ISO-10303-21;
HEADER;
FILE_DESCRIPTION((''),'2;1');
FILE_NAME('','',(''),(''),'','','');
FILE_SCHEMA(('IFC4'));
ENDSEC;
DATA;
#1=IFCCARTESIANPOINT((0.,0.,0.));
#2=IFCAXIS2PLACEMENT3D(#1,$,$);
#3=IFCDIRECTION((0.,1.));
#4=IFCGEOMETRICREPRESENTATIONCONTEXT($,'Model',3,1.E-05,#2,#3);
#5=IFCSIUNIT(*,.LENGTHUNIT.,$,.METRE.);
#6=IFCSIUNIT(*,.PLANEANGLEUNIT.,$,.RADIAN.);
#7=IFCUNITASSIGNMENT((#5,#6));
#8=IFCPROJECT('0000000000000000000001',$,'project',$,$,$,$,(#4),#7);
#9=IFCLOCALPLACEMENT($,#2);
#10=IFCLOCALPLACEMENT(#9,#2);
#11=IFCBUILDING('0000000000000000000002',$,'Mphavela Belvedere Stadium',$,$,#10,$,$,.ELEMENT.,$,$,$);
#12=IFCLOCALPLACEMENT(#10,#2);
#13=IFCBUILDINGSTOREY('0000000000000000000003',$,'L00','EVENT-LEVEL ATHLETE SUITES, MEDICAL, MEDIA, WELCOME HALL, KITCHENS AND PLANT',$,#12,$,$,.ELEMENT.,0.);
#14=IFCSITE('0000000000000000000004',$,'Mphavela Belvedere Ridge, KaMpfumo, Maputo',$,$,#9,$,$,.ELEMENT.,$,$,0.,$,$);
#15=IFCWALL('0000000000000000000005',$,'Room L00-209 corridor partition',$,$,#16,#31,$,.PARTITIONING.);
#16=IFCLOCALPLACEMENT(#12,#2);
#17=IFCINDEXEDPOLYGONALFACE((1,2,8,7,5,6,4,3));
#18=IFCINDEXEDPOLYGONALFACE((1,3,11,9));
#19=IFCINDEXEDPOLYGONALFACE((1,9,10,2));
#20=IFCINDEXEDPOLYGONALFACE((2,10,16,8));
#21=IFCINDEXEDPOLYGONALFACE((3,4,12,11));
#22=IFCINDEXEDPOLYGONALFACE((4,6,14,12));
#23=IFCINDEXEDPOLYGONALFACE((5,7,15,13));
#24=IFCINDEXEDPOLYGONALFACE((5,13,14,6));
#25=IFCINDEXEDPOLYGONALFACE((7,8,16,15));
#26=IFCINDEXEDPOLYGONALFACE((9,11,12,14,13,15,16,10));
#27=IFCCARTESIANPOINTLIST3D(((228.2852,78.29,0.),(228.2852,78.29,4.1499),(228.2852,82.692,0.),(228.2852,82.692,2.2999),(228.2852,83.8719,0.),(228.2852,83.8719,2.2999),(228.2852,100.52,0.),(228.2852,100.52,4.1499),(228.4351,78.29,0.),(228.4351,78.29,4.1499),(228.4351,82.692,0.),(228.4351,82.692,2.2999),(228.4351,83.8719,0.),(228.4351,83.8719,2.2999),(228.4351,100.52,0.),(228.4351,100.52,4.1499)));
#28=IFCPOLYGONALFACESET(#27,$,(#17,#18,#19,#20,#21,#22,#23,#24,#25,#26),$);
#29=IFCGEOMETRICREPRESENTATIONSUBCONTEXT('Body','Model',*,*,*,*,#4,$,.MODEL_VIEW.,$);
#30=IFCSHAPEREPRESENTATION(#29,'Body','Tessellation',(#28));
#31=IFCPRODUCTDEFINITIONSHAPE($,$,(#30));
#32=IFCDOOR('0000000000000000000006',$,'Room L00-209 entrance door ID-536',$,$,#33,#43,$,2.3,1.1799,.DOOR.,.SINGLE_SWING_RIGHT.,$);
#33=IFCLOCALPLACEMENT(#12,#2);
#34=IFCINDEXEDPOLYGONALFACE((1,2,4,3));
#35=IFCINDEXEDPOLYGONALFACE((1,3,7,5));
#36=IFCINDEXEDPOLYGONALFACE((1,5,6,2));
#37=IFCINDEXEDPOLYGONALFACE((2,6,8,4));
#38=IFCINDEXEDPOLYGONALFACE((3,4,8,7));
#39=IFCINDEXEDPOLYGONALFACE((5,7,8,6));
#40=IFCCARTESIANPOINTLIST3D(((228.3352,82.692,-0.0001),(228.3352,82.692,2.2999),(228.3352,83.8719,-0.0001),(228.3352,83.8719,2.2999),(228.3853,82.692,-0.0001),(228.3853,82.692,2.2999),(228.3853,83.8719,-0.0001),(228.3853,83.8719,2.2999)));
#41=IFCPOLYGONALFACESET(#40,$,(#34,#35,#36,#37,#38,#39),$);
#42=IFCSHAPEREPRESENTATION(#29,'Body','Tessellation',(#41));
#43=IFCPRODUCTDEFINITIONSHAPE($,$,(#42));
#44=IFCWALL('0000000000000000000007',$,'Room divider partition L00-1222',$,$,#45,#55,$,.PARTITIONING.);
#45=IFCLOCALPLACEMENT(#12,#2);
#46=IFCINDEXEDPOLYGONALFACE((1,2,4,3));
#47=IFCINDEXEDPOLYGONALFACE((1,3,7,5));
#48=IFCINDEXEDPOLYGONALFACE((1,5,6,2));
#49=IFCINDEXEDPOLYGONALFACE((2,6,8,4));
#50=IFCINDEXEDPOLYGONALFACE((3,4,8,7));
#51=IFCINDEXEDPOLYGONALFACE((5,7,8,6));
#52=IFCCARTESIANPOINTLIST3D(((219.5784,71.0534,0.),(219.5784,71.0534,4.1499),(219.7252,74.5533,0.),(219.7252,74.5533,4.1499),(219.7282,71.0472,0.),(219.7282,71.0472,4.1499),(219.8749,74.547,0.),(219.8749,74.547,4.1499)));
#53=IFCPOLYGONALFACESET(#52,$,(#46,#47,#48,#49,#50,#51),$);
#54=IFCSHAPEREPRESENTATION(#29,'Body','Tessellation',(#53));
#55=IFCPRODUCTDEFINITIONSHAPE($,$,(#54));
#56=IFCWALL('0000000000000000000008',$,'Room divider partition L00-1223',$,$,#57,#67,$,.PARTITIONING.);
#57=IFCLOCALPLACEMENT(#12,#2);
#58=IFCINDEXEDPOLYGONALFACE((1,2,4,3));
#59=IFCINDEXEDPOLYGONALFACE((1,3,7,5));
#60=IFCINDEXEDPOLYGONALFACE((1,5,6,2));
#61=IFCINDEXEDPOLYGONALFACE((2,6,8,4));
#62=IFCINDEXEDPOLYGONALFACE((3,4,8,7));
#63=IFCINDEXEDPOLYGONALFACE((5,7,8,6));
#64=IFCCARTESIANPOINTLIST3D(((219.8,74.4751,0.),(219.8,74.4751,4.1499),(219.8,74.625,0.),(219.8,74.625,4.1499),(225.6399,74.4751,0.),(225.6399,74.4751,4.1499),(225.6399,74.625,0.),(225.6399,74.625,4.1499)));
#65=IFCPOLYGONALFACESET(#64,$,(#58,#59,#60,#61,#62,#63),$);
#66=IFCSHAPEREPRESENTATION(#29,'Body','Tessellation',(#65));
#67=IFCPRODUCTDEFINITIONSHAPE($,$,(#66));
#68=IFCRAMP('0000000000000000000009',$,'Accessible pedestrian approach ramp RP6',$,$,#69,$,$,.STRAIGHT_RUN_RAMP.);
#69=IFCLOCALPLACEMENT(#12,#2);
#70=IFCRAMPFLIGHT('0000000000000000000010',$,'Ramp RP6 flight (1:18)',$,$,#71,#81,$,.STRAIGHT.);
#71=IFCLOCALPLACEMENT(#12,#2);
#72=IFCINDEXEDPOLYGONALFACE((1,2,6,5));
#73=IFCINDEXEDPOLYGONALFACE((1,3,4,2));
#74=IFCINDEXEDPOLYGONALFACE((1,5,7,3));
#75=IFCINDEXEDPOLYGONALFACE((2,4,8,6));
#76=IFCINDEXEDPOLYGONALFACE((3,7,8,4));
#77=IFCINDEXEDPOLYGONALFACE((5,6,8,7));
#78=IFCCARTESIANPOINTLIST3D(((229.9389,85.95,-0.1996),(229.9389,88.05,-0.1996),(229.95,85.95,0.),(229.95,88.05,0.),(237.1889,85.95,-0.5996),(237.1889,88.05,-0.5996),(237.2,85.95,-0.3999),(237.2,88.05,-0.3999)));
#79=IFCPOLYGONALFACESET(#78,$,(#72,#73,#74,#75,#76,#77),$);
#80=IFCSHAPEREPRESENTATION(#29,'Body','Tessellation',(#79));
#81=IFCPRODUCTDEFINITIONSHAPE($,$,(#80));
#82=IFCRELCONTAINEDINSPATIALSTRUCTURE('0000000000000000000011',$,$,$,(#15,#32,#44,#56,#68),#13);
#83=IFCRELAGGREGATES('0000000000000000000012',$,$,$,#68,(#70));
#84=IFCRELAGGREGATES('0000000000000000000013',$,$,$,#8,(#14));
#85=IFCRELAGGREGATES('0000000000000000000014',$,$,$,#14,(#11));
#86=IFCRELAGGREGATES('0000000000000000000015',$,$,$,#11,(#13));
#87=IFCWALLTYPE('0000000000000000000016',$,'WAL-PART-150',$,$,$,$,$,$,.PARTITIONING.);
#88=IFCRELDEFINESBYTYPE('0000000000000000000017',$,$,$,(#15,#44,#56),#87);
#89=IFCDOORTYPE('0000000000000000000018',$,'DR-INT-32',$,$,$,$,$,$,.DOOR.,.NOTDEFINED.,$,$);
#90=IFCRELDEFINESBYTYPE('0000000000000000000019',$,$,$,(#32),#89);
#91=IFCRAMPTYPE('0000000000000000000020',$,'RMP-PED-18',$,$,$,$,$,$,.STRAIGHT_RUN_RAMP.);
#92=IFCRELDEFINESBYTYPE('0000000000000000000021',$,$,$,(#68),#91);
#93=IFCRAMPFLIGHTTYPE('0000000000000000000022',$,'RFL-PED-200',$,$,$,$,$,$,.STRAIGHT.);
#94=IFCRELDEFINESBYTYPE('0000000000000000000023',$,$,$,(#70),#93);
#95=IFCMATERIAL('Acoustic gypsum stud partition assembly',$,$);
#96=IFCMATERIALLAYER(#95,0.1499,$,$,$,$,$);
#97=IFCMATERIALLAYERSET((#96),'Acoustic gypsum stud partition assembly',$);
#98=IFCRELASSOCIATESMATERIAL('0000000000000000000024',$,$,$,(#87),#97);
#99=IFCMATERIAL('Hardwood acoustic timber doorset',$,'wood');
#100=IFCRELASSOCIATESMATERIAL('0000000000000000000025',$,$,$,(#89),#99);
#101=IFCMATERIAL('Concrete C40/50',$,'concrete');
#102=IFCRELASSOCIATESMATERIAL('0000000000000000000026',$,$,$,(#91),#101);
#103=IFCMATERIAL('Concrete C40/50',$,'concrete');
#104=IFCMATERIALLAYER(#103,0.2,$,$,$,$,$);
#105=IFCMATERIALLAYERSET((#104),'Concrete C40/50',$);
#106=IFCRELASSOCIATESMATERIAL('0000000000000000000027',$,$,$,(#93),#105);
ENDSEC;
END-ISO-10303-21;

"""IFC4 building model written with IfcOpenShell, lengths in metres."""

from ifc_helpers import new_model, si_unit, direction, frame, frame_2d, origin, place, context, subcontext, project, spatial, polyline, rectangle, outline, extrude, material, layer, layer_set, type_object, element, fill, aggregate, save


model = new_model("IFC4")

# Units and contexts
model_context = context("Model", 3, precision=1e-05, world=origin(), true_north=direction((0.0, 1.0)))
body_context = subcontext(model_context, "Body", "Model", "MODEL_VIEW")
ifc_project = project(units=[si_unit("LENGTHUNIT", "METRE"), si_unit("PLANEANGLEUNIT", "RADIAN")], contexts=[model_context])

# Site, building, storey
site_placement = place(None, origin())
site = spatial("IfcSite", under=ifc_project, at=site_placement, Name="Mphavela Belvedere Ridge, KaMpfumo, Maputo", CompositionType="ELEMENT", RefElevation=0.0)
building_placement = place(site_placement, origin())
building = spatial("IfcBuilding", under=site, at=building_placement, Name="Mphavela Belvedere Stadium", CompositionType="ELEMENT")
storey_placement = place(building_placement, origin())
storey = spatial("IfcBuildingStorey", under=building, at=storey_placement, Name="L00", Description="EVENT-LEVEL ATHLETE SUITES, MEDICAL, MEDIA, WELCOME HALL, KITCHENS AND PLANT", CompositionType="ELEMENT", Elevation=0.0)

# Wall, opening, door
ifc_material_1 = material(Name="Acoustic gypsum stud partition assembly")
ifc_layer_1 = layer(ifc_material_1, 0.1499)
ifc_layer_set_1 = layer_set([ifc_layer_1], Name="Acoustic gypsum stud partition assembly")
wall_type_1 = type_object("IfcWallType", Name="WAL-PART-150", PredefinedType="PARTITIONING", material=ifc_layer_set_1)
wall_1_placement = place(storey_placement, frame((228.3601, 78.29, 0.0), z_axis=(0.0, 0.0, 1.0), x_axis=(0.0, 1.0, 0.0)))
wall_1 = element("IfcWall", 1, at=wall_1_placement, inside=storey, type_object=wall_type_1, Name="Room L00-209 corridor partition", PredefinedType="PARTITIONING", context=body_context, shape_type="SweptSolid", body=[
    extrude(rectangle(XDim=22.23, YDim=0.1499, at=frame_2d((11.115, 0.0))), origin(), (0.0, 0.0, 1.0), 4.1499),
])
opening_1_placement = place(wall_1_placement, frame((4.4021, 0.0, 0.0)))
opening_1 = element("IfcOpeningElement", 2, at=opening_1_placement, cuts=wall_1, PredefinedType="OPENING", context=body_context, shape_type="SweptSolid", body=[
    extrude(rectangle(XDim=1.1799, YDim=2.3, at=frame_2d((0.5898, 1.1499))), frame((0.0, 0.085, 0.0), z_axis=(0.0, -1.0, 0.0), x_axis=(1.0, 0.0, 0.0)), (0.0, 0.0, 1.0), 0.1699),
])
ifc_material_2 = material(Name="Hardwood acoustic timber doorset", Category="wood")
door_type_1 = type_object("IfcDoorType", Name="DR-INT-32", OperationType="NOTDEFINED", PredefinedType="DOOR", material=ifc_material_2)
door_1_placement = place(opening_1_placement, origin())
door_1 = element("IfcDoor", 3, at=door_1_placement, inside=storey, type_object=door_type_1, Name="Room L00-209 entrance door ID-536", OperationType="SINGLE_SWING_RIGHT", OverallHeight=2.3, OverallWidth=1.1799, PredefinedType="DOOR", context=body_context, shape_type="SweptSolid", body=[
    extrude(rectangle(XDim=1.1799, YDim=2.3, at=frame_2d((0.5898, 1.1499))), frame((0.0, 0.0249, 0.0), z_axis=(0.0, -1.0, 0.0), x_axis=(1.0, 0.0, 0.0)), (0.0, 0.0, 1.0), 0.05),
])
fill(opening_1, door_1)

# Walls
wall_2_placement = place(storey_placement, frame((219.6533, 71.0503, 0.0), z_axis=(0.0, 0.0, 1.0), x_axis=(0.041889, 0.999122, 0.0)))
element("IfcWall", 4, at=wall_2_placement, inside=storey, type_object=wall_type_1, Name="Room divider partition L00-1222", PredefinedType="PARTITIONING", context=body_context, shape_type="SweptSolid", body=[
    extrude(rectangle(XDim=3.5029, YDim=0.1499, at=frame_2d((1.7515, 0.0))), origin(), (0.0, 0.0, 1.0), 4.1499),
])
wall_3_placement = place(storey_placement, frame((219.8, 74.55, 0.0), z_axis=(0.0, 0.0, 1.0), x_axis=(1.0, 0.0, 0.0)))
element("IfcWall", 5, at=wall_3_placement, inside=storey, type_object=wall_type_1, Name="Room divider partition L00-1223", PredefinedType="PARTITIONING", context=body_context, shape_type="SweptSolid", body=[
    extrude(rectangle(XDim=5.8398, YDim=0.1499, at=frame_2d((2.9199, 0.0))), origin(), (0.0, 0.0, 1.0), 4.1499),
])

# Ramp, ramp flight
ifc_material_3 = material(Name="Concrete C40/50", Category="concrete")
ramp_type = type_object("IfcRampType", Name="RMP-PED-18", PredefinedType="STRAIGHT_RUN_RAMP", material=ifc_material_3)
ramp_placement = place(storey_placement, origin())
ramp = element("IfcRamp", 6, at=ramp_placement, inside=storey, type_object=ramp_type, Name="Accessible pedestrian approach ramp RP6", PredefinedType="STRAIGHT_RUN_RAMP")
ifc_material_4 = material(Name="Concrete C40/50", Category="concrete")
ifc_layer_2 = layer(ifc_material_4, 0.2)
ifc_layer_set_2 = layer_set([ifc_layer_2], Name="Concrete C40/50")
ramp_flight_type = type_object("IfcRampFlightType", Name="RFL-PED-200", PredefinedType="STRAIGHT", material=ifc_layer_set_2)
ramp_flight_placement = place(storey_placement, frame((237.2, 88.05, -0.3999), z_axis=(0.055075, 0.0, 0.998482), x_axis=(-0.998482, 0.0, 0.055075)))
ramp_flight = element("IfcRampFlight", 7, at=ramp_flight_placement, type_object=ramp_flight_type, Name="Ramp RP6 flight (1:18)", PredefinedType="STRAIGHT", context=body_context, shape_type="SweptSolid", body=[
    extrude(outline(polyline([(0.0, 0.0), (7.261, 0.0), (7.261, 2.1001), (0.0, 2.1001), (0.0, 0.0)])), origin(), (0.0, 0.0, -1.0), 0.2),
])
aggregate(ramp, [ramp_flight])

save(model, "model.ifc")
